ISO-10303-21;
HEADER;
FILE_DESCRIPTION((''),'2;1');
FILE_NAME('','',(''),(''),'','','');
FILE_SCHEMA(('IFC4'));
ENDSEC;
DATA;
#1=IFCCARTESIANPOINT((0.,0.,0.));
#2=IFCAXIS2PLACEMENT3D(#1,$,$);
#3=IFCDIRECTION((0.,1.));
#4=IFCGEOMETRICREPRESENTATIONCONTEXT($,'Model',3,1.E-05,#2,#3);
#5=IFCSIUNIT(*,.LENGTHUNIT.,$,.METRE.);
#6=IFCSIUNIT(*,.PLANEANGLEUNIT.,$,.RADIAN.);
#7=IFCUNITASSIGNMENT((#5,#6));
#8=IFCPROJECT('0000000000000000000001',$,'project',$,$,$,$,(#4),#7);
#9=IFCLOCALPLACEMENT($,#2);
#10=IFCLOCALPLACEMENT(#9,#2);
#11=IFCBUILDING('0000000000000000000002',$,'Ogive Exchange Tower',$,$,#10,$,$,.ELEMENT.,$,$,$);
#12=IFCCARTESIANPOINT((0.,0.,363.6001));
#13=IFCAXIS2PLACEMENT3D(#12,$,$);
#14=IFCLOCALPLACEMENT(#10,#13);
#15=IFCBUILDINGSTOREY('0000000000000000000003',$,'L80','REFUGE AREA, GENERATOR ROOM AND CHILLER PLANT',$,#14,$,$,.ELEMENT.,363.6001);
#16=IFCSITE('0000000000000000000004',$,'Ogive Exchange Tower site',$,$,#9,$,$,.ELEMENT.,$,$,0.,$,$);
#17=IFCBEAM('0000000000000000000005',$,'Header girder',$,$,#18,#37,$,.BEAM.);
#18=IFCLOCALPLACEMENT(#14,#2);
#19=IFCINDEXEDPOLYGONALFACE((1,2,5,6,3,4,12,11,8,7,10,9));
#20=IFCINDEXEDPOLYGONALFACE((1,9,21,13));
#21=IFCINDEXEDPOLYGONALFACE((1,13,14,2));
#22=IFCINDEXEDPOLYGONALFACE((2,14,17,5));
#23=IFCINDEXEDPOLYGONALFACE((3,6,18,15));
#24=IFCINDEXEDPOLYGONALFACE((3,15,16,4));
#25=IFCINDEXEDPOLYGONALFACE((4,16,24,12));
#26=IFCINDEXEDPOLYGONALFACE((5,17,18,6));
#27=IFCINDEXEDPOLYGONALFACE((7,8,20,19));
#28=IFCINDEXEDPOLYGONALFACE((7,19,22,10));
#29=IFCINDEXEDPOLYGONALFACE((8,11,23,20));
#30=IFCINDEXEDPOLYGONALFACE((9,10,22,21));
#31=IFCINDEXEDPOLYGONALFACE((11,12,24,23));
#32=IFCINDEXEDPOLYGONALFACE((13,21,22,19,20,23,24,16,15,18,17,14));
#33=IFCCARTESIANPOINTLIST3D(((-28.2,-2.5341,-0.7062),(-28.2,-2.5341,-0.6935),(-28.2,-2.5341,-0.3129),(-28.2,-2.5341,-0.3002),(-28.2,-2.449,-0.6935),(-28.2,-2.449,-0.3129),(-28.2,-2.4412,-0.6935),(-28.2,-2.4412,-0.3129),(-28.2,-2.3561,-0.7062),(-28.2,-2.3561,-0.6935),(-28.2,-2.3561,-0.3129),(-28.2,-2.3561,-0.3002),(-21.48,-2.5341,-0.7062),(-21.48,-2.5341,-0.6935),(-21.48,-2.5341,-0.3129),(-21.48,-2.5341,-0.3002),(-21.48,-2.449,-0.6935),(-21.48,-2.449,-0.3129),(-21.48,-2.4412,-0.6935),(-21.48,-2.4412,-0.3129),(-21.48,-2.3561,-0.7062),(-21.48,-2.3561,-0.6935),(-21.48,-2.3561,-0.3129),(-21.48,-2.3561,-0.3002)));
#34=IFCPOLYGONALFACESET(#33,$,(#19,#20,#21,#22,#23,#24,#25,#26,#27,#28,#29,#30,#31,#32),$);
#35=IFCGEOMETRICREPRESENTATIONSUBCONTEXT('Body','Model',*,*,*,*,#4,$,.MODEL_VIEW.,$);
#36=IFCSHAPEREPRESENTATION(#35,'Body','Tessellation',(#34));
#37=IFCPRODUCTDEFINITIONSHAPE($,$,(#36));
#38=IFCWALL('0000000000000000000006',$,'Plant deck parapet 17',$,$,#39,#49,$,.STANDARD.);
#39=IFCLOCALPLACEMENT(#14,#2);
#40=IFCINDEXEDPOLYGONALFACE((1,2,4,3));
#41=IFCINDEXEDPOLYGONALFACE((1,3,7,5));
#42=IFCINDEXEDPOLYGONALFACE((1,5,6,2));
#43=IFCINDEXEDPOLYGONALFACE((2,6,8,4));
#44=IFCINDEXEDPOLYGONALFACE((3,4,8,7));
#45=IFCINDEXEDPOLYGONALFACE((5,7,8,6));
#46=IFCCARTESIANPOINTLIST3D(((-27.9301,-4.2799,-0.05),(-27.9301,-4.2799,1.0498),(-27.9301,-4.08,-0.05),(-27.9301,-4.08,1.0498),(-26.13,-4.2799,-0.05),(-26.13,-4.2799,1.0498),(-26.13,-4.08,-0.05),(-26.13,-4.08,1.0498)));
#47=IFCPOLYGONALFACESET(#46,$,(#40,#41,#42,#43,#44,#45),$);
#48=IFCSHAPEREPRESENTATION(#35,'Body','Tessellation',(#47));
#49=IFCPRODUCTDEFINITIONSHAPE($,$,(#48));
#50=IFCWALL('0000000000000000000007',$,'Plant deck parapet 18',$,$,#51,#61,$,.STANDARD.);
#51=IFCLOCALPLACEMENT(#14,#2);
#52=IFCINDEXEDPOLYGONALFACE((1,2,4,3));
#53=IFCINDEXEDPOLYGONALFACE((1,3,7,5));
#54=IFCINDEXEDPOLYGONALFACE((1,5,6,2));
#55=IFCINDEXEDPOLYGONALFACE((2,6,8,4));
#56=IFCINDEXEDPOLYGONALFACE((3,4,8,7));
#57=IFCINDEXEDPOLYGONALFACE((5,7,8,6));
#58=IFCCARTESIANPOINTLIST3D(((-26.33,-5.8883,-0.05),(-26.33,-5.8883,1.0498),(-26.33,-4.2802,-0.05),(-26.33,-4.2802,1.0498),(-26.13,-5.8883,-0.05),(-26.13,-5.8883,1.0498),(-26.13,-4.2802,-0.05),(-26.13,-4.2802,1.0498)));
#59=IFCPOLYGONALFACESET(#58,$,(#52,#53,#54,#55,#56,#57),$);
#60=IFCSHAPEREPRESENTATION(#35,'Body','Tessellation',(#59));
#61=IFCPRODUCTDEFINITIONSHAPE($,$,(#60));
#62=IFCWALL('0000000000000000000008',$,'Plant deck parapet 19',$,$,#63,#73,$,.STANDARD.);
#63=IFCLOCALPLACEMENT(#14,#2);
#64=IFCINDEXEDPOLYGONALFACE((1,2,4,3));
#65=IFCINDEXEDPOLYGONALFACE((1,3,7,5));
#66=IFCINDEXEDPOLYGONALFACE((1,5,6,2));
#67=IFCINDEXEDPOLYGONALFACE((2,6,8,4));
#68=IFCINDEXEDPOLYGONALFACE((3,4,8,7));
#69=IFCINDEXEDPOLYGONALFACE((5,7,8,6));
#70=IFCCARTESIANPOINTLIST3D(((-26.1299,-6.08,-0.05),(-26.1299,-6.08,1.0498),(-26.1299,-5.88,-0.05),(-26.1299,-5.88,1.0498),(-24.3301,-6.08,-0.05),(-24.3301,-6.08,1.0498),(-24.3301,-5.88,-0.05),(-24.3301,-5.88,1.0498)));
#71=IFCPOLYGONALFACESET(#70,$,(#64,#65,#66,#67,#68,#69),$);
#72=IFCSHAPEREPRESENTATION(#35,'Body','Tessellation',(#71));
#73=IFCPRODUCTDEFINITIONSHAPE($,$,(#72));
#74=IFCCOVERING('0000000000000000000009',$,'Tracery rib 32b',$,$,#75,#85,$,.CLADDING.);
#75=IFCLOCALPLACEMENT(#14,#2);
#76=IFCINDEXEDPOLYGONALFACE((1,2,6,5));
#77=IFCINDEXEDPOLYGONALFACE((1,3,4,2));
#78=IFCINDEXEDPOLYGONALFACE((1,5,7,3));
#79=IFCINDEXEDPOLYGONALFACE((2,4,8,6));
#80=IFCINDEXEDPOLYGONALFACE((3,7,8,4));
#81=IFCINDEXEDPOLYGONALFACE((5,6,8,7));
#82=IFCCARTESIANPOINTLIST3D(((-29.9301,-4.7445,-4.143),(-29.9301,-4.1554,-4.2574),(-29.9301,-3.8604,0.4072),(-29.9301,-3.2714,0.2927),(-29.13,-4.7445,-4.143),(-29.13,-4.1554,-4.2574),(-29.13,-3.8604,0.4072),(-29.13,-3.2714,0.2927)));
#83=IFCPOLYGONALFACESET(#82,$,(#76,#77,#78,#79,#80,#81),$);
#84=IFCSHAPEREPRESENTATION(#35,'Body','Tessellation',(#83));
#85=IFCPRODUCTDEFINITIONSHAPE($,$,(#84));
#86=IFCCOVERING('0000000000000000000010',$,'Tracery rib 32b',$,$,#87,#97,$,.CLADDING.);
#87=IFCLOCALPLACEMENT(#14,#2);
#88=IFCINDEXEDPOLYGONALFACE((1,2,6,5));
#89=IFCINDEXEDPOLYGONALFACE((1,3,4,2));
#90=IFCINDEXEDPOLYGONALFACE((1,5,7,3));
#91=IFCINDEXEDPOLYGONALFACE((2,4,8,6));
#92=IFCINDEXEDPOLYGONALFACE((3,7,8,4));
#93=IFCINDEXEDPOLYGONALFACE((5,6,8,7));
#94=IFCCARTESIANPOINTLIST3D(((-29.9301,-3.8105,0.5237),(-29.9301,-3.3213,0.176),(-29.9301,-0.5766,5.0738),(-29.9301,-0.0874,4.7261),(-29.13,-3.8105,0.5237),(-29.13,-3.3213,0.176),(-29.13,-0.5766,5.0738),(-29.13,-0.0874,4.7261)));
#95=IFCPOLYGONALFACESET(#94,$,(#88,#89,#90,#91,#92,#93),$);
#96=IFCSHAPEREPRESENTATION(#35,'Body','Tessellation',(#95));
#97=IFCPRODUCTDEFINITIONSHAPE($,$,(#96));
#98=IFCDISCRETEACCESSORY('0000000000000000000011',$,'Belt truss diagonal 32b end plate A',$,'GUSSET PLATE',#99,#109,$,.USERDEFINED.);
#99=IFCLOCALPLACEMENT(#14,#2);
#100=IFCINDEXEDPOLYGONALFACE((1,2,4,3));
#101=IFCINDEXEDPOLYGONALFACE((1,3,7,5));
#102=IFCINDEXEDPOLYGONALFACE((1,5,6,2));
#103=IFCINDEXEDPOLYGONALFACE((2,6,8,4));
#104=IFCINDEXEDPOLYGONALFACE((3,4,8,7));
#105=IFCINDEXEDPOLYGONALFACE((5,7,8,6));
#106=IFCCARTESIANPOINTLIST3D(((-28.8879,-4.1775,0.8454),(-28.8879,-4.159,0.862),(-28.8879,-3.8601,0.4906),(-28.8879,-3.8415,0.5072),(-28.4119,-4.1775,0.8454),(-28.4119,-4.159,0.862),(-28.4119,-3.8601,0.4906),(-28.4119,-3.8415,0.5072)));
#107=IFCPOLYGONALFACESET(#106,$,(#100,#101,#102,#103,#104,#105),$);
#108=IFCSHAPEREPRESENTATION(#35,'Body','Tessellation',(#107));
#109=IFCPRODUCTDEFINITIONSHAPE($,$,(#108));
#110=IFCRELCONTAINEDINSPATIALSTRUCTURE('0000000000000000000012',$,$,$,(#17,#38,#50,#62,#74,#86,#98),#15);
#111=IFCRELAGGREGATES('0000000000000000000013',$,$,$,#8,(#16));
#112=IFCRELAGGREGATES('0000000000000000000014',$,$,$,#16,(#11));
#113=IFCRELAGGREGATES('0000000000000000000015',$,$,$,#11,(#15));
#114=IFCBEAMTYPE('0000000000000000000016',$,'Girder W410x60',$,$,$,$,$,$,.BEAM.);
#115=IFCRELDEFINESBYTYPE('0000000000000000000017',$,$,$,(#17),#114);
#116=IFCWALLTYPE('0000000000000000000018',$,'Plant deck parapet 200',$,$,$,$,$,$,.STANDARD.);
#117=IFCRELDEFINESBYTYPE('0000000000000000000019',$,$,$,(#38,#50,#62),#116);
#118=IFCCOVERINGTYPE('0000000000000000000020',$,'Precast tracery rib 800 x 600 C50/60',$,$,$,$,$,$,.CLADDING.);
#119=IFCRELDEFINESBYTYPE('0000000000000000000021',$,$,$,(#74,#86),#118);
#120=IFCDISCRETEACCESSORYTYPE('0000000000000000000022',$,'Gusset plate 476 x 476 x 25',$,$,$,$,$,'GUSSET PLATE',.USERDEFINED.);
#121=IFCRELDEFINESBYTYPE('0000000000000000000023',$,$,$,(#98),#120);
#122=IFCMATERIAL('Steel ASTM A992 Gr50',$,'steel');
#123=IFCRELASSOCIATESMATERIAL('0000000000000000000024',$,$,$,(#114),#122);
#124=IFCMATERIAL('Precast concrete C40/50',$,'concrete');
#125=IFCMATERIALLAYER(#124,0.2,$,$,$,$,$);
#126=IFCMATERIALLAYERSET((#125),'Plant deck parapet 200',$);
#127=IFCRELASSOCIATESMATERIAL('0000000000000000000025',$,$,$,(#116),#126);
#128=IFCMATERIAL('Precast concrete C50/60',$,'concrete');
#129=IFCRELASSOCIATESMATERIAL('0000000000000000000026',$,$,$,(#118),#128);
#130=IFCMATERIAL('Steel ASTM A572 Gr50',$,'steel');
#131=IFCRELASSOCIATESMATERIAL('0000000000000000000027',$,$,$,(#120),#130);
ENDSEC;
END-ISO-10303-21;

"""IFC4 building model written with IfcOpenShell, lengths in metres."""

from ifc_helpers import new_model, si_unit, direction, frame, frame_2d, origin, origin_2d, place, context, subcontext, project, spatial, rectangle, i_section, extrude, material, layer, layer_set, material_profile, profile_set, type_object, element, save


model = new_model("IFC4")

# Units and contexts
model_context = context("Model", 3, precision=1e-05, world=origin(), true_north=direction((0.0, 1.0)))
body_context = subcontext(model_context, "Body", "Model", "MODEL_VIEW")
ifc_project = project(units=[si_unit("LENGTHUNIT", "METRE"), si_unit("PLANEANGLEUNIT", "RADIAN")], contexts=[model_context])

# Site, building, storey
site_placement = place(None, origin())
site = spatial("IfcSite", under=ifc_project, at=site_placement, Name="Ogive Exchange Tower site", CompositionType="ELEMENT", RefElevation=0.0)
building_placement = place(site_placement, origin())
building = spatial("IfcBuilding", under=site, at=building_placement, Name="Ogive Exchange Tower", CompositionType="ELEMENT")
storey_placement = place(building_placement, frame((0.0, 0.0, 363.6001)))
storey = spatial("IfcBuildingStorey", under=building, at=storey_placement, Name="L80", Description="REFUGE AREA, GENERATOR ROOM AND CHILLER PLANT", CompositionType="ELEMENT", Elevation=363.6001)

# Shared definitions
ifc_material_1 = material(Name="Steel ASTM A992 Gr50", Category="steel")

# Beam
ifc_material_profile_1 = material_profile(ifc_material_1, i_section(OverallWidth=0.178, OverallDepth=0.406, WebThickness=0.0078, FlangeThickness=0.0127, at=origin_2d()), Name="W410x60")
ifc_profile_set_1 = profile_set([ifc_material_profile_1], Name="Steel ASTM A992 Gr50")
beam_type_1 = type_object("IfcBeamType", Name="Girder W410x60", PredefinedType="BEAM", material=ifc_profile_set_1)
beam_placement = place(storey_placement, frame((-28.2, -2.4451, -0.5032), z_axis=(1.0, 0.0, 0.0), x_axis=(0.0, 1.0, 0.0)))
element("IfcBeam", 1, at=beam_placement, inside=storey, type_object=beam_type_1, Name="Header girder", PredefinedType="BEAM", context=body_context, shape_type="SweptSolid", body=[
    extrude(i_section(OverallWidth=0.178, OverallDepth=0.406, WebThickness=0.0078, FlangeThickness=0.0127, at=origin_2d()), origin(), (0.0, 0.0, 1.0), 6.72),
])

# Walls
ifc_material_2 = material(Name="Precast concrete C40/50", Category="concrete")
ifc_layer = layer(ifc_material_2, 0.2)
ifc_layer_set = layer_set([ifc_layer], Name="Plant deck parapet 200")
wall_type = type_object("IfcWallType", Name="Plant deck parapet 200", PredefinedType="STANDARD", material=ifc_layer_set)
wall_1_placement = place(storey_placement, frame((-27.9299, -4.1799, -0.05), z_axis=(0.0, 0.0, 1.0), x_axis=(1.0, 0.0, 0.0)))
element("IfcWall", 2, at=wall_1_placement, inside=storey, type_object=wall_type, Name="Plant deck parapet 17", PredefinedType="STANDARD", context=body_context, shape_type="SweptSolid", body=[
    extrude(rectangle(XDim=1.8, YDim=0.2, at=frame_2d((0.8999, 0.0))), origin(), (0.0, 0.0, 1.0), 1.0999),
])
wall_2_placement = place(storey_placement, frame((-26.23, -4.28, -0.05), z_axis=(0.0, 0.0, 1.0), x_axis=(0.0, -1.0, 0.0)))
element("IfcWall", 3, at=wall_2_placement, inside=storey, type_object=wall_type, Name="Plant deck parapet 18", PredefinedType="STANDARD", context=body_context, shape_type="SweptSolid", body=[
    extrude(rectangle(XDim=1.6082, YDim=0.2, at=frame_2d((0.8042, 0.0))), origin(), (0.0, 0.0, 1.0), 1.0999),
])
wall_3_placement = place(storey_placement, frame((-26.1299, -5.98, -0.05), z_axis=(0.0, 0.0, 1.0), x_axis=(1.0, 0.0, 0.0)))
element("IfcWall", 4, at=wall_3_placement, inside=storey, type_object=wall_type, Name="Plant deck parapet 19", PredefinedType="STANDARD", context=body_context, shape_type="SweptSolid", body=[
    extrude(rectangle(XDim=1.7998, YDim=0.2, at=frame_2d((0.8999, 0.0))), origin(), (0.0, 0.0, 1.0), 1.0999),
])

# Coverings
ifc_material_3 = material(Name="Precast concrete C50/60", Category="concrete")
ifc_material_profile_2 = material_profile(ifc_material_3, rectangle(XDim=0.8, YDim=0.6001, at=origin_2d()), Name="RIB 800 x 600")
ifc_profile_set_2 = profile_set([ifc_material_profile_2], Name="Precast concrete C50/60")
covering_type = type_object("IfcCoveringType", Name="Precast tracery rib 800 x 600 C50/60", PredefinedType="CLADDING", material=ifc_profile_set_2)
covering_1_placement = place(storey_placement, frame((-29.53, -4.45, -4.2002), z_axis=(0.0, 0.190724, 0.981644), x_axis=(-1.0, 0.0, 0.0)))
element("IfcCovering", 5, at=covering_1_placement, inside=storey, type_object=covering_type, Name="Tracery rib 32b", PredefinedType="CLADDING", context=body_context, shape_type="SweptSolid", body=[
    extrude(rectangle(XDim=0.8, YDim=0.6001, at=origin_2d()), origin(), (0.0, 0.0, 1.0), 4.6353),
])
covering_2_placement = place(storey_placement, frame((-29.53, -3.5659, 0.3499), z_axis=(0.0, 0.579321, 0.815099), x_axis=(-1.0, 0.0, 0.0)))
element("IfcCovering", 6, at=covering_2_placement, inside=storey, type_object=covering_type, Name="Tracery rib 32b", PredefinedType="CLADDING", context=body_context, shape_type="SweptSolid", body=[
    extrude(rectangle(XDim=0.8, YDim=0.6001, at=origin_2d()), origin(), (0.0, 0.0, 1.0), 5.5823),
])

# Discrete accessory
ifc_material_4 = material(Name="Steel ASTM A572 Gr50", Category="steel")
ifc_material_profile_3 = material_profile(ifc_material_4, rectangle(XDim=0.4761, YDim=0.4761, at=origin_2d()), Name="PL 476 x 476 x 25")
ifc_profile_set_3 = profile_set([ifc_material_profile_3], Name="Steel ASTM A572 Gr50")
discrete_accessory_type = type_object("IfcDiscreteAccessoryType", Name="Gusset plate 476 x 476 x 25", ElementType="GUSSET PLATE", PredefinedType="USERDEFINED", material=ifc_profile_set_3)
discrete_accessory_placement = place(storey_placement, frame((-28.6499, -4.0188, 0.668), z_axis=(0.0, 0.745241, 0.666795), x_axis=(-1.0, 0.0, 0.0)))
element("IfcDiscreteAccessory", 7, at=discrete_accessory_placement, inside=storey, type_object=discrete_accessory_type, Name="Belt truss diagonal 32b end plate A", ObjectType="GUSSET PLATE", PredefinedType="USERDEFINED", context=body_context, shape_type="SweptSolid", body=[
    extrude(rectangle(XDim=0.4761, YDim=0.4761, at=origin_2d()), origin(), (0.0, 0.0, 1.0), 0.0249),
])

save(model, "model.ifc")
